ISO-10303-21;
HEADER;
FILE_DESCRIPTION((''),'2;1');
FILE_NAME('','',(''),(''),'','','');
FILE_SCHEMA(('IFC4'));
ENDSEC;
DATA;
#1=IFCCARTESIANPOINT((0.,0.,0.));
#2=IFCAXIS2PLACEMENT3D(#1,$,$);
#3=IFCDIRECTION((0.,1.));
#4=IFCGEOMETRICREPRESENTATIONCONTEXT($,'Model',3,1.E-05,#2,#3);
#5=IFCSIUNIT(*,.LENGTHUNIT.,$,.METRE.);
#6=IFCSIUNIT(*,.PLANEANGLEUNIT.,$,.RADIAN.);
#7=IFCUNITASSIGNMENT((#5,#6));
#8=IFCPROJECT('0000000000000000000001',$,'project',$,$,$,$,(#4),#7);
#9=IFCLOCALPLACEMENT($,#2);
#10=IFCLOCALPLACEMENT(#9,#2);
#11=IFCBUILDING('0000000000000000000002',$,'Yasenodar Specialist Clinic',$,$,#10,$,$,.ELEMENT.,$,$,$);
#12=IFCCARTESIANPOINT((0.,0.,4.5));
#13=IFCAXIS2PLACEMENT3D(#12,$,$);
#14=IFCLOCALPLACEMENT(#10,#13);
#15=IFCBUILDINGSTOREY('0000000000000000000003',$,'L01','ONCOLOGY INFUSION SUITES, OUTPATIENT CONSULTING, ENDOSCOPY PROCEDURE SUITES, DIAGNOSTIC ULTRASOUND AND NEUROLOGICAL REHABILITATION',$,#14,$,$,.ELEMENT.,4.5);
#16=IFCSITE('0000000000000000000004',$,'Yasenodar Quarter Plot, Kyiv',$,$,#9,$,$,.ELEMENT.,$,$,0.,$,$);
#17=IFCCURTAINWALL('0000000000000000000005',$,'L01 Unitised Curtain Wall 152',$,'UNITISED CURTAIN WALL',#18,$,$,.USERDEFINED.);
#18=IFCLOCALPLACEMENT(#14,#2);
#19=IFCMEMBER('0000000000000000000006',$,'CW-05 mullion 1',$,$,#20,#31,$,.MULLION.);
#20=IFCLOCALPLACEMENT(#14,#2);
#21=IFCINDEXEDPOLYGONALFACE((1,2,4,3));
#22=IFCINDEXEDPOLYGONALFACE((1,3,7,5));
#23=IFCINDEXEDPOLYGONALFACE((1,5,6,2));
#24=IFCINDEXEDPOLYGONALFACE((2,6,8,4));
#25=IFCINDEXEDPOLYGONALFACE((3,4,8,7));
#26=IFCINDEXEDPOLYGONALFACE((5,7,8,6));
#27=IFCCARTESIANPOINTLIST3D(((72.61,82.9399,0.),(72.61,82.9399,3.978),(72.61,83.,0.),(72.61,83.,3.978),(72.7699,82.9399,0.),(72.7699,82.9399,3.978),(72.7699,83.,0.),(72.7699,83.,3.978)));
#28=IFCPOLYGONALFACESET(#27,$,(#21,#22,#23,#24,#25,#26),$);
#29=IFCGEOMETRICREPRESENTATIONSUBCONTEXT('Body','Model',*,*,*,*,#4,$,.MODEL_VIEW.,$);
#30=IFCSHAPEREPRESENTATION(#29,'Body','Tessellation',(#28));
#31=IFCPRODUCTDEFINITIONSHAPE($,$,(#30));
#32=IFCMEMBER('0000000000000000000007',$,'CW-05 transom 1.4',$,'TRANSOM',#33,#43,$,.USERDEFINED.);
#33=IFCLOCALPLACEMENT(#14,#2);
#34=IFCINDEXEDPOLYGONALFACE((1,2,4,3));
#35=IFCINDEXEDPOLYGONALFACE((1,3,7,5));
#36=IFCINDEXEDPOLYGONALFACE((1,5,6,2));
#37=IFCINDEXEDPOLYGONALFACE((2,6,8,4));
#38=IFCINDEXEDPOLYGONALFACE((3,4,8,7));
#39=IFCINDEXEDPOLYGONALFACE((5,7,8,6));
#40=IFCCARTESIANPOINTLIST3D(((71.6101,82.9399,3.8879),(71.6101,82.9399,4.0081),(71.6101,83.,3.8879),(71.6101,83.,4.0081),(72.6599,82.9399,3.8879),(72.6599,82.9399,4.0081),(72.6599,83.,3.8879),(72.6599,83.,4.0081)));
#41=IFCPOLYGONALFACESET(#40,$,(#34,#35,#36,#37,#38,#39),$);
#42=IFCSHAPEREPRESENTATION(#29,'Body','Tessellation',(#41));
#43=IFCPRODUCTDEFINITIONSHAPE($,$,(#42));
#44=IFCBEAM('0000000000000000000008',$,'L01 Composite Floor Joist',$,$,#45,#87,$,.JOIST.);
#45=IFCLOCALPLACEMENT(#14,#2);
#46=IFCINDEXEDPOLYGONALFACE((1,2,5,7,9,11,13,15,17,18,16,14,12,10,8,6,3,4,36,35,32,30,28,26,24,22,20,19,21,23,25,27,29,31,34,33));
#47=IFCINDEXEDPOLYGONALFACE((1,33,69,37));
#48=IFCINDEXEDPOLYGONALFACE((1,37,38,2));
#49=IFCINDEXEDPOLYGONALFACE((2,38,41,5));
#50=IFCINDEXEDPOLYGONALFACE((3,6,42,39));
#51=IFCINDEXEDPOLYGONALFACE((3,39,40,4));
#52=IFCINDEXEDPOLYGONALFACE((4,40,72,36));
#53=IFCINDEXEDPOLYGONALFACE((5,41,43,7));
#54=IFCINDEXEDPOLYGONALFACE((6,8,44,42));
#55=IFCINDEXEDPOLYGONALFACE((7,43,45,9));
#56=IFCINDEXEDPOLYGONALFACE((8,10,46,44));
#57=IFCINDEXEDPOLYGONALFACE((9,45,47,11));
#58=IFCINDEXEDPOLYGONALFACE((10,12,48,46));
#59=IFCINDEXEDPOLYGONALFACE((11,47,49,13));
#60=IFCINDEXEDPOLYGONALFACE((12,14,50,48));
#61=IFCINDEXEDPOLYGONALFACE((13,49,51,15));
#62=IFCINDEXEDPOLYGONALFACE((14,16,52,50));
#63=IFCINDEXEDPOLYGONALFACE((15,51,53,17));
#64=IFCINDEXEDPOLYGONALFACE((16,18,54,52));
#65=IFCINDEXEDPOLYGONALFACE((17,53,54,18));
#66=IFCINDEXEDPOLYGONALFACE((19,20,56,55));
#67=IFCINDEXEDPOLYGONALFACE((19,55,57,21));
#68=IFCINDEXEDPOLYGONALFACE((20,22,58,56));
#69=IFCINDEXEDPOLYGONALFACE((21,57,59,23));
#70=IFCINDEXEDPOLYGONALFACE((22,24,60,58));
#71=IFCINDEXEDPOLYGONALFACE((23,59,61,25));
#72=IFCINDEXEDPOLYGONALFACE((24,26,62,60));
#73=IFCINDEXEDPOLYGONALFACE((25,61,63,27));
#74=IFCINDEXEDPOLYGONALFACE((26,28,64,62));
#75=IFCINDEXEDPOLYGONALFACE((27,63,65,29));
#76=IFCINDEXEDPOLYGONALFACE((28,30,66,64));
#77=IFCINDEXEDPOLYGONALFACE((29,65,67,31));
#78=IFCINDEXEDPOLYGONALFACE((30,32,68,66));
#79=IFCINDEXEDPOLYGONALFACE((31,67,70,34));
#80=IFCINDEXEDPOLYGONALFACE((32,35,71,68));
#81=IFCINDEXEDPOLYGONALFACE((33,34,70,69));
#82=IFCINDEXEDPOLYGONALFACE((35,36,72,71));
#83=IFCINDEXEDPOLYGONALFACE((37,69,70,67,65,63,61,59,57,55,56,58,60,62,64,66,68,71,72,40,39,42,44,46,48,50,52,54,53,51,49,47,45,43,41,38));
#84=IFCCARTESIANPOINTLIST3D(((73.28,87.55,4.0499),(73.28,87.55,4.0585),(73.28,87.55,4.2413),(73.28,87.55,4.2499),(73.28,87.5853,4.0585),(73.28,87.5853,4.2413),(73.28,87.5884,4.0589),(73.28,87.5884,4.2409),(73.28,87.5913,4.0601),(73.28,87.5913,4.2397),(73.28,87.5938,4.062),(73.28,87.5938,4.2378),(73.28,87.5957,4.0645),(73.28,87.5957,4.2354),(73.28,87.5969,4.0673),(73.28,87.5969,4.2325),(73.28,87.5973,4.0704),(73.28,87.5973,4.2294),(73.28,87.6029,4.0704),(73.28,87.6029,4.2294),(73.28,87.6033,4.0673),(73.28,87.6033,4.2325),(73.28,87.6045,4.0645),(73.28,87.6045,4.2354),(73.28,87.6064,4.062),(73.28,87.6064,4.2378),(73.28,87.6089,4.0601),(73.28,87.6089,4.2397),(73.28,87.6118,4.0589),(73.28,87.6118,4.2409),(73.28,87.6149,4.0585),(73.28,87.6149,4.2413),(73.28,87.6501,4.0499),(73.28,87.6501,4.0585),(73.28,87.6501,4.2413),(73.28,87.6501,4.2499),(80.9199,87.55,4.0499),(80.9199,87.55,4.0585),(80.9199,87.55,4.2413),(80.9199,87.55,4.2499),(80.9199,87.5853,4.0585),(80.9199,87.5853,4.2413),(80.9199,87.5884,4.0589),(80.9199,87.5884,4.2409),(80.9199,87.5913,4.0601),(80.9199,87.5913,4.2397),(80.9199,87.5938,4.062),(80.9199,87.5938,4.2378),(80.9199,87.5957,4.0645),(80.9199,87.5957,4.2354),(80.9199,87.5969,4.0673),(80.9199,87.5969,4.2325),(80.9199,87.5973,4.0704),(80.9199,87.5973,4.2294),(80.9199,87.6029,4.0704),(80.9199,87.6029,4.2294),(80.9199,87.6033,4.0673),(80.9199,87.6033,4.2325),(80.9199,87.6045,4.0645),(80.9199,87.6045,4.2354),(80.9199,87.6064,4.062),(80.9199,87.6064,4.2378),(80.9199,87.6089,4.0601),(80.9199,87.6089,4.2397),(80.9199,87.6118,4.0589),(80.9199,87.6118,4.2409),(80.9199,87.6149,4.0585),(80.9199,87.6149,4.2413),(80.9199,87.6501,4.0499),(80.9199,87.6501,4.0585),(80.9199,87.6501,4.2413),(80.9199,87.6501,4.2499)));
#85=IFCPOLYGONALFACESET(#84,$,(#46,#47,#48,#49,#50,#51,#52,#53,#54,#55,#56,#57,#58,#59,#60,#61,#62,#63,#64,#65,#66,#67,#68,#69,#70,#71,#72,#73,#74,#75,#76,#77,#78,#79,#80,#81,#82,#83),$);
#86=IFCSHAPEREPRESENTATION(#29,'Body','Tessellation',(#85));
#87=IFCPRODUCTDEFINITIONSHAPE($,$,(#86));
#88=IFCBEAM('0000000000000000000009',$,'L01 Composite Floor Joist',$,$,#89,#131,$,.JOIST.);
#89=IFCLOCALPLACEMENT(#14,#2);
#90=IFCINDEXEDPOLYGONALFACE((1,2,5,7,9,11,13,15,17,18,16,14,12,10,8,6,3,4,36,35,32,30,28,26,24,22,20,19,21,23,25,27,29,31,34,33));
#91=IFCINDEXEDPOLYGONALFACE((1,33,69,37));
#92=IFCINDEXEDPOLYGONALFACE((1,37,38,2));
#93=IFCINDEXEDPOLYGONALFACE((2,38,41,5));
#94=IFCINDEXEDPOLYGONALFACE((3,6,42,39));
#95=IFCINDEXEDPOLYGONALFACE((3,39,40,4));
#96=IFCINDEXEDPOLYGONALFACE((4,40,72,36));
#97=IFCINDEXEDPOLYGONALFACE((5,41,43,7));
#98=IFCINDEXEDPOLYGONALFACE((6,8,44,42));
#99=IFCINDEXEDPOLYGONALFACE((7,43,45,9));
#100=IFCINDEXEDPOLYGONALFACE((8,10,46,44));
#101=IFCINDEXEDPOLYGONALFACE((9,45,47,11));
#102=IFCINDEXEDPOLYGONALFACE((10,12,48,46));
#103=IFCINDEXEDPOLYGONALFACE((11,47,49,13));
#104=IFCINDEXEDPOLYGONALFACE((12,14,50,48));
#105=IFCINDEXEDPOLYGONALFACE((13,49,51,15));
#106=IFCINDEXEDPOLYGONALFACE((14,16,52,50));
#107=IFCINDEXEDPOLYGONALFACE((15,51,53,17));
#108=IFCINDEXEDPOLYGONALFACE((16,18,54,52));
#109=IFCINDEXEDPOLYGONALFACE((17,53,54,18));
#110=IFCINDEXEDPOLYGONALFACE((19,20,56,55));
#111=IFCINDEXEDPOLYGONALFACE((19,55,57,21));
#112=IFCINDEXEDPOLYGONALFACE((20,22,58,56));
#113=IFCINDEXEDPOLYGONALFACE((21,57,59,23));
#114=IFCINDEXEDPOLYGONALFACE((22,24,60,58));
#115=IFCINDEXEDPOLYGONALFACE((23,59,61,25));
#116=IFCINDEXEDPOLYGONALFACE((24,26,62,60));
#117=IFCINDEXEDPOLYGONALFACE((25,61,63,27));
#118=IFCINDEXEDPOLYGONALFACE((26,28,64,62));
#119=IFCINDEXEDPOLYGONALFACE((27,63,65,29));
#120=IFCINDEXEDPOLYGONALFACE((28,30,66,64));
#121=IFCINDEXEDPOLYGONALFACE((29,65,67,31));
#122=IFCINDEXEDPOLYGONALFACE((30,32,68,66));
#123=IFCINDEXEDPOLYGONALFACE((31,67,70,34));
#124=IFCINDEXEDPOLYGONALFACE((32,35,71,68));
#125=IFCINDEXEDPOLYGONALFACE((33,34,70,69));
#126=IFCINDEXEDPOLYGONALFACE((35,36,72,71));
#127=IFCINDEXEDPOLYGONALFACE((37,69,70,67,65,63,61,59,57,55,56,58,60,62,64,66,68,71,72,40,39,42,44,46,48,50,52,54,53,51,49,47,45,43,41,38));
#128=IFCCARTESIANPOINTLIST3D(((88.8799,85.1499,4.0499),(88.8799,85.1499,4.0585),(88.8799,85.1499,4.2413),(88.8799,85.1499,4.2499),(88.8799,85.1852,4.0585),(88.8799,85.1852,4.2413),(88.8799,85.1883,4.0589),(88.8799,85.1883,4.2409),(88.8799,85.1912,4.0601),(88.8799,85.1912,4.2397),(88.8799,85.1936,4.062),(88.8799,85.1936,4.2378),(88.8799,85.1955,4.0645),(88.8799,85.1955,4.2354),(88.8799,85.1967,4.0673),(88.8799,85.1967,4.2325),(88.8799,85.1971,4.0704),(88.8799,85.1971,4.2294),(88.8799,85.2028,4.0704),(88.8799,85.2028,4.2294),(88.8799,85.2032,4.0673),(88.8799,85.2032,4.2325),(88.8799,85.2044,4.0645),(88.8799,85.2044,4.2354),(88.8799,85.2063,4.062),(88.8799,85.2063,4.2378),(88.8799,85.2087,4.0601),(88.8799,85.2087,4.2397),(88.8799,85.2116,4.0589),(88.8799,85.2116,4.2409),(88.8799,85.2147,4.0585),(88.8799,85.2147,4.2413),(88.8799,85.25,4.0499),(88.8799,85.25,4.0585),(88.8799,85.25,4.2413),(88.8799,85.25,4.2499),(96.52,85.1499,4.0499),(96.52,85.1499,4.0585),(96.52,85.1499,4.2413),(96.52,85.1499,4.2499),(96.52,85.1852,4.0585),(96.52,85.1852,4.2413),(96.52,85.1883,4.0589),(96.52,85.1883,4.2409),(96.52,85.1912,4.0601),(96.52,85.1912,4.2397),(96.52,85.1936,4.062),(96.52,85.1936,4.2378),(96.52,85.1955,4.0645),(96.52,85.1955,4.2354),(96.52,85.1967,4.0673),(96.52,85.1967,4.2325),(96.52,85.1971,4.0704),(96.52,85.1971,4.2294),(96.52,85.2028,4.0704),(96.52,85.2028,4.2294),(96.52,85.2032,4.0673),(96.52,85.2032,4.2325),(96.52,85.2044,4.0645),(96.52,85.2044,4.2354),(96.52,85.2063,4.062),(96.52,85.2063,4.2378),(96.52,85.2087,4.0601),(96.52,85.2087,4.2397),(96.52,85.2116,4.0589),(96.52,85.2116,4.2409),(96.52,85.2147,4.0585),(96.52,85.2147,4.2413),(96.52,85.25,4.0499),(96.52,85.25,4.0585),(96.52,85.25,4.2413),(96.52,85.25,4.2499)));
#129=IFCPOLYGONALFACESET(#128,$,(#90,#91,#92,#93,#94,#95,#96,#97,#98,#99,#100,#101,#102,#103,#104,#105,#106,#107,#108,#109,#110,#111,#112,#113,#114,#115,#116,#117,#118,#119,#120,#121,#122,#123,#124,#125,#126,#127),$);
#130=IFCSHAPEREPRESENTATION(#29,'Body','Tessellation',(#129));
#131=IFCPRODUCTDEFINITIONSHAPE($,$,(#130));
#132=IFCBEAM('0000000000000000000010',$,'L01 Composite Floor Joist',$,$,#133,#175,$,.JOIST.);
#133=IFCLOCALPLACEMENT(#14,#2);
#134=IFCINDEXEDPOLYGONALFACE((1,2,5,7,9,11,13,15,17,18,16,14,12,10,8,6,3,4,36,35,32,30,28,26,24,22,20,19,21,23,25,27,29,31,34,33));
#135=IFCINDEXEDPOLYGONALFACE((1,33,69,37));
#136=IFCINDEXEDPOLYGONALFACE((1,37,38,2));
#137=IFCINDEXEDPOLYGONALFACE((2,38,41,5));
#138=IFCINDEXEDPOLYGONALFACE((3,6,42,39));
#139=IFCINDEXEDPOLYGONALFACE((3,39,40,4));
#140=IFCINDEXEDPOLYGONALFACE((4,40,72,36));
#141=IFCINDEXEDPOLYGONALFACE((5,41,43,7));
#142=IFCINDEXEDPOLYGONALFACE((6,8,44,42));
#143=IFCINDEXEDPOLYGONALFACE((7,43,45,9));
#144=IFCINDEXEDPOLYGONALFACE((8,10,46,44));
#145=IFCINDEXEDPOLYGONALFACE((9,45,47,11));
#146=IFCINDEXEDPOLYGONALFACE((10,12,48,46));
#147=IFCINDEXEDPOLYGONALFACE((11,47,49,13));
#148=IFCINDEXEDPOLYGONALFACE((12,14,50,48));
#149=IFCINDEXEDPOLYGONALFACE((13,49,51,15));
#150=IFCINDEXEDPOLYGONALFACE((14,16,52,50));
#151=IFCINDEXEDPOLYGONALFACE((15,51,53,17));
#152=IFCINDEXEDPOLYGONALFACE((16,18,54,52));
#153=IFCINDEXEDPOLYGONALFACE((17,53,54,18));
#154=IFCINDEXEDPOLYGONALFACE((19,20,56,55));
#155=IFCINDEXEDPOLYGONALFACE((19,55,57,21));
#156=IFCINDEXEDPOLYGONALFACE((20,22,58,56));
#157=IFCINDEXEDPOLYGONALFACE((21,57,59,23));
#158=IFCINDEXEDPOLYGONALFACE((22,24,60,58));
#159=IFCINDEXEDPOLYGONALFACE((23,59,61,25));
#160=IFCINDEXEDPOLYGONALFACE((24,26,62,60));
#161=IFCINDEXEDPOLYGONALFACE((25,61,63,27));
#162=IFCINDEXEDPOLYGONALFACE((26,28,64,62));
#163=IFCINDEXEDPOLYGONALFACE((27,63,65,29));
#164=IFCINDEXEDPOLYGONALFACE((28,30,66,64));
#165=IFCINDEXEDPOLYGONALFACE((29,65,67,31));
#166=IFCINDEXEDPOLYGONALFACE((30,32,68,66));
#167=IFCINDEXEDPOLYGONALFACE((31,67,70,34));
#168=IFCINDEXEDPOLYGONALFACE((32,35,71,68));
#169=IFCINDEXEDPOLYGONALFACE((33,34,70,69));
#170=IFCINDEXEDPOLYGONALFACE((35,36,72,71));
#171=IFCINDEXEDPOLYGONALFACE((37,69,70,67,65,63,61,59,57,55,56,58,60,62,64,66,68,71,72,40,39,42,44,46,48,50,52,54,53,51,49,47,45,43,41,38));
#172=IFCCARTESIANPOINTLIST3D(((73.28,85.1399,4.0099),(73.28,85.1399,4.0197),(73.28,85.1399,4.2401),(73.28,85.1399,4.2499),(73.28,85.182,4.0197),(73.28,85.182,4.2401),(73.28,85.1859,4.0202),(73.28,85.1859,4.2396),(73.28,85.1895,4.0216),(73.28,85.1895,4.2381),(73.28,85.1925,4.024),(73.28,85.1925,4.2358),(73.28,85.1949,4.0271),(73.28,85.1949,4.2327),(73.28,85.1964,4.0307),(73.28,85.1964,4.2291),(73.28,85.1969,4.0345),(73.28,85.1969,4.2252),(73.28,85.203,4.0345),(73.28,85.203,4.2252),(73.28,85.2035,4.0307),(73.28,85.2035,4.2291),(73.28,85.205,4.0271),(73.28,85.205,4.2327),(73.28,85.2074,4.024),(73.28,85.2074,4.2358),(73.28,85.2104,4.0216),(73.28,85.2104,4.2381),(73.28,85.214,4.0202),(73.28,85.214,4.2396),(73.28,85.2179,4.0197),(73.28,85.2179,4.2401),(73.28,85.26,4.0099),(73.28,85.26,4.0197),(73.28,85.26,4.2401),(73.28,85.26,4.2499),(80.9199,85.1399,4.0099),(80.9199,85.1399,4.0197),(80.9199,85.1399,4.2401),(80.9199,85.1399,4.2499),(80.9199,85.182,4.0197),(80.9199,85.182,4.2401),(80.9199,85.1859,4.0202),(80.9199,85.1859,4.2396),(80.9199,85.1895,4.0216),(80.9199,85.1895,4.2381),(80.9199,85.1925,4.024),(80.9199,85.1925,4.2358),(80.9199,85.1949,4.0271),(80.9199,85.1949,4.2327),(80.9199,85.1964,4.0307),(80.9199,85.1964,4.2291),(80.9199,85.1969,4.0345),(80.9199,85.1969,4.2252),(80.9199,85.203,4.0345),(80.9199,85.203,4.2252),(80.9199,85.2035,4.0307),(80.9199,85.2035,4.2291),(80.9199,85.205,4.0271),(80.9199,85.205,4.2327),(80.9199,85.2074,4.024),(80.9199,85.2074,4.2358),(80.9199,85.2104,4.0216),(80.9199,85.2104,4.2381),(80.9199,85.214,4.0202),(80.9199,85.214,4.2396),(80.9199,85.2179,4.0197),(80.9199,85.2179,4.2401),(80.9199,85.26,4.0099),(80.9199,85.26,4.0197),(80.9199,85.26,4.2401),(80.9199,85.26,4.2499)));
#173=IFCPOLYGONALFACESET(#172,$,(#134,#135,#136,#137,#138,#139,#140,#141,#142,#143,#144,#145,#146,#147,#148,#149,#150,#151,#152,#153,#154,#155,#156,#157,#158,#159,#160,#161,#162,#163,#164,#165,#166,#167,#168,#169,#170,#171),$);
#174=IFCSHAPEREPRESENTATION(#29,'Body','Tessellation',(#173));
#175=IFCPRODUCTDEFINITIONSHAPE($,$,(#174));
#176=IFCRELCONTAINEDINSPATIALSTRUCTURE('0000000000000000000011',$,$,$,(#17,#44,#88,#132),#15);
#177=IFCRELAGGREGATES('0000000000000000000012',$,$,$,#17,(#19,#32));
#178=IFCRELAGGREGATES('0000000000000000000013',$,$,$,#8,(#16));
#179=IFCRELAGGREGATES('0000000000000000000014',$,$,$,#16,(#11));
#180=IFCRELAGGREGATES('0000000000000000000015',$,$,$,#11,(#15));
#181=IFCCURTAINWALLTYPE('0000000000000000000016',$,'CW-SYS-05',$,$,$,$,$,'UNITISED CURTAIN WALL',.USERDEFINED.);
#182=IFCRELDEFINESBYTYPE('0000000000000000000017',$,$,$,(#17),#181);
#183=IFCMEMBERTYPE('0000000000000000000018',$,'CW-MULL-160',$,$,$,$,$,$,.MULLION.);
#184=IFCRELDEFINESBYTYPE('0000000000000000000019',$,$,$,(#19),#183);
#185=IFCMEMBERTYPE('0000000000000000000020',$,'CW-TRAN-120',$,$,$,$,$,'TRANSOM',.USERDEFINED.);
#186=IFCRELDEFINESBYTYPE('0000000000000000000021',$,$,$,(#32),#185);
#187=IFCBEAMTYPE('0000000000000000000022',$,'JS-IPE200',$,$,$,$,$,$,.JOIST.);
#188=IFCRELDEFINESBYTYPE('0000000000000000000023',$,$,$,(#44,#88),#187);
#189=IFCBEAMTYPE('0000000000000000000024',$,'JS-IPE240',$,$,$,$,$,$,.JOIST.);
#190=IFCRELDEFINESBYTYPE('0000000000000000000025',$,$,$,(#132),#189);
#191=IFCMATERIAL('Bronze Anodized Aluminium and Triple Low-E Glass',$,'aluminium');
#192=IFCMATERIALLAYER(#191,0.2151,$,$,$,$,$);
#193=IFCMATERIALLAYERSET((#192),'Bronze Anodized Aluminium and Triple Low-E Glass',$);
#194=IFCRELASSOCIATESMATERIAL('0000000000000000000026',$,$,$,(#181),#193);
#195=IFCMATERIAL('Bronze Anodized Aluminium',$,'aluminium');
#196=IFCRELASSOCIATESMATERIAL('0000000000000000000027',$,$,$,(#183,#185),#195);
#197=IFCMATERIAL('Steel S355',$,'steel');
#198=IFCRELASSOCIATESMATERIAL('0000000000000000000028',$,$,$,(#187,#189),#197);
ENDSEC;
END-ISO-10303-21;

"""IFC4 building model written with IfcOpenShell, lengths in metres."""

from ifc_helpers import new_model, si_unit, direction, frame, origin, origin_2d, place, context, subcontext, project, spatial, rectangle, i_section, extrude, material, layer, layer_set, material_profile, profile_set, type_object, element, aggregate, save


model = new_model("IFC4")

# Units and contexts
model_context = context("Model", 3, precision=1e-05, world=origin(), true_north=direction((0.0, 1.0)))
body_context = subcontext(model_context, "Body", "Model", "MODEL_VIEW")
ifc_project = project(units=[si_unit("LENGTHUNIT", "METRE"), si_unit("PLANEANGLEUNIT", "RADIAN")], contexts=[model_context])

# Site, building, storey
site_placement = place(None, origin())
site = spatial("IfcSite", under=ifc_project, at=site_placement, Name="Yasenodar Quarter Plot, Kyiv", CompositionType="ELEMENT", RefElevation=0.0)
building_placement = place(site_placement, origin())
building = spatial("IfcBuilding", under=site, at=building_placement, Name="Yasenodar Specialist Clinic", CompositionType="ELEMENT")
storey_placement = place(building_placement, frame((0.0, 0.0, 4.5)))
storey = spatial("IfcBuildingStorey", under=building, at=storey_placement, Name="L01", Description="ONCOLOGY INFUSION SUITES, OUTPATIENT CONSULTING, ENDOSCOPY PROCEDURE SUITES, DIAGNOSTIC ULTRASOUND AND NEUROLOGICAL REHABILITATION", CompositionType="ELEMENT", Elevation=4.5)

# Curtain wall, members
ifc_material_1 = material(Name="Bronze Anodized Aluminium and Triple Low-E Glass", Category="aluminium")
ifc_layer_1 = layer(ifc_material_1, 0.2151)
ifc_layer_set_1 = layer_set([ifc_layer_1], Name="Bronze Anodized Aluminium and Triple Low-E Glass")
curtain_wall_type = type_object("IfcCurtainWallType", Name="CW-SYS-05", ElementType="UNITISED CURTAIN WALL", PredefinedType="USERDEFINED", material=ifc_layer_set_1)
curtain_wall_placement = place(storey_placement, origin())
curtain_wall = element("IfcCurtainWall", 1, at=curtain_wall_placement, inside=storey, type_object=curtain_wall_type, Name="L01 Unitised Curtain Wall 152", ObjectType="UNITISED CURTAIN WALL", PredefinedType="USERDEFINED")
ifc_material_2 = material(Name="Bronze Anodized Aluminium", Category="aluminium")
ifc_material_profile_1 = material_profile(ifc_material_2, rectangle(XDim=0.0601, YDim=0.1599, at=origin_2d()), Name="CW-MULL 60x160")
ifc_profile_set_1 = profile_set([ifc_material_profile_1], Name="Bronze Anodized Aluminium")
member_type_1 = type_object("IfcMemberType", Name="CW-MULL-160", PredefinedType="MULLION", material=ifc_profile_set_1)
member_1_placement = place(storey_placement, frame((72.6899, 82.97, 0.0), z_axis=(0.0, 0.0, 1.0), x_axis=(0.0, -1.0, 0.0)))
member_1 = element("IfcMember", 2, at=member_1_placement, type_object=member_type_1, Name="CW-05 mullion 1", PredefinedType="MULLION", context=body_context, shape_type="SweptSolid", body=[
    extrude(rectangle(XDim=0.0601, YDim=0.1599, at=origin_2d()), origin(), (0.0, 0.0, 1.0), 3.978),
])
ifc_material_profile_2 = material_profile(ifc_material_2, rectangle(XDim=0.0601, YDim=0.1201, at=origin_2d()), Name="CW-TRAN 60x120")
ifc_profile_set_2 = profile_set([ifc_material_profile_2], Name="Bronze Anodized Aluminium")
member_type_2 = type_object("IfcMemberType", Name="CW-TRAN-120", ElementType="TRANSOM", PredefinedType="USERDEFINED", material=ifc_profile_set_2)
member_2_placement = place(storey_placement, frame((72.6599, 82.97, 3.948), z_axis=(-1.0, 0.0, 0.0), x_axis=(0.0, -1.0, 0.0)))
member_2 = element("IfcMember", 3, at=member_2_placement, type_object=member_type_2, Name="CW-05 transom 1.4", ObjectType="TRANSOM", PredefinedType="USERDEFINED", context=body_context, shape_type="SweptSolid", body=[
    extrude(rectangle(XDim=0.0601, YDim=0.1201, at=origin_2d()), origin(), (0.0, 0.0, 1.0), 1.0498),
])
aggregate(curtain_wall, [member_1, member_2])

# Beams
ifc_material_3 = material(Name="Steel S355", Category="steel")
ifc_material_profile_3 = material_profile(ifc_material_3, i_section(OverallWidth=0.1001, OverallDepth=0.2, WebThickness=0.0056, FlangeThickness=0.0085, FilletRadius=0.012, at=origin_2d()), Name="IPE 200")
ifc_profile_set_3 = profile_set([ifc_material_profile_3], Name="Steel S355")
beam_type_1 = type_object("IfcBeamType", Name="JS-IPE200", PredefinedType="JOIST", material=ifc_profile_set_3)
beam_1_placement = place(storey_placement, frame((73.28, 87.6001, 4.1499), z_axis=(1.0, 0.0, 0.0), x_axis=(0.0, 1.0, 0.0)))
element("IfcBeam", 4, at=beam_1_placement, inside=storey, type_object=beam_type_1, Name="L01 Composite Floor Joist", PredefinedType="JOIST", context=body_context, shape_type="SweptSolid", body=[
    extrude(i_section(OverallWidth=0.1001, OverallDepth=0.2, WebThickness=0.0056, FlangeThickness=0.0085, FilletRadius=0.012, at=origin_2d()), origin(), (0.0, 0.0, 1.0), 7.6399),
])
beam_2_placement = place(storey_placement, frame((88.8799, 85.2, 4.1499), z_axis=(1.0, 0.0, 0.0), x_axis=(0.0, 1.0, 0.0)))
element("IfcBeam", 5, at=beam_2_placement, inside=storey, type_object=beam_type_1, Name="L01 Composite Floor Joist", PredefinedType="JOIST", context=body_context, shape_type="SweptSolid", body=[
    extrude(i_section(OverallWidth=0.1001, OverallDepth=0.2, WebThickness=0.0056, FlangeThickness=0.0085, FilletRadius=0.012, at=origin_2d()), origin(), (0.0, 0.0, 1.0), 7.6401),
])
ifc_material_profile_4 = material_profile(ifc_material_3, i_section(OverallWidth=0.1201, OverallDepth=0.24, WebThickness=0.0061, FlangeThickness=0.0098, FilletRadius=0.0149, at=origin_2d()), Name="IPE 240")
ifc_profile_set_4 = profile_set([ifc_material_profile_4], Name="Steel S355")
beam_type_2 = type_object("IfcBeamType", Name="JS-IPE240", PredefinedType="JOIST", material=ifc_profile_set_4)
for number, where, z_axis, x_axis, name in (
    (6, (73.28, 85.2, 4.1299), (1.0, 0.0, 0.0), (0.0, 1.0, 0.0), "L01 Composite Floor Joist"),
):
    element("IfcBeam", number, at=place(storey_placement, frame(where, z_axis=z_axis, x_axis=x_axis)), inside=storey, type_object=beam_type_2, Name=name, PredefinedType="JOIST", context=body_context, shape_type="SweptSolid", body=[
        extrude(i_section(OverallWidth=0.1201, OverallDepth=0.24, WebThickness=0.0061, FlangeThickness=0.0098, FilletRadius=0.0149, at=origin_2d()), origin(), (0.0, 0.0, 1.0), 7.6399),
    ])

save(model, "model.ifc")
